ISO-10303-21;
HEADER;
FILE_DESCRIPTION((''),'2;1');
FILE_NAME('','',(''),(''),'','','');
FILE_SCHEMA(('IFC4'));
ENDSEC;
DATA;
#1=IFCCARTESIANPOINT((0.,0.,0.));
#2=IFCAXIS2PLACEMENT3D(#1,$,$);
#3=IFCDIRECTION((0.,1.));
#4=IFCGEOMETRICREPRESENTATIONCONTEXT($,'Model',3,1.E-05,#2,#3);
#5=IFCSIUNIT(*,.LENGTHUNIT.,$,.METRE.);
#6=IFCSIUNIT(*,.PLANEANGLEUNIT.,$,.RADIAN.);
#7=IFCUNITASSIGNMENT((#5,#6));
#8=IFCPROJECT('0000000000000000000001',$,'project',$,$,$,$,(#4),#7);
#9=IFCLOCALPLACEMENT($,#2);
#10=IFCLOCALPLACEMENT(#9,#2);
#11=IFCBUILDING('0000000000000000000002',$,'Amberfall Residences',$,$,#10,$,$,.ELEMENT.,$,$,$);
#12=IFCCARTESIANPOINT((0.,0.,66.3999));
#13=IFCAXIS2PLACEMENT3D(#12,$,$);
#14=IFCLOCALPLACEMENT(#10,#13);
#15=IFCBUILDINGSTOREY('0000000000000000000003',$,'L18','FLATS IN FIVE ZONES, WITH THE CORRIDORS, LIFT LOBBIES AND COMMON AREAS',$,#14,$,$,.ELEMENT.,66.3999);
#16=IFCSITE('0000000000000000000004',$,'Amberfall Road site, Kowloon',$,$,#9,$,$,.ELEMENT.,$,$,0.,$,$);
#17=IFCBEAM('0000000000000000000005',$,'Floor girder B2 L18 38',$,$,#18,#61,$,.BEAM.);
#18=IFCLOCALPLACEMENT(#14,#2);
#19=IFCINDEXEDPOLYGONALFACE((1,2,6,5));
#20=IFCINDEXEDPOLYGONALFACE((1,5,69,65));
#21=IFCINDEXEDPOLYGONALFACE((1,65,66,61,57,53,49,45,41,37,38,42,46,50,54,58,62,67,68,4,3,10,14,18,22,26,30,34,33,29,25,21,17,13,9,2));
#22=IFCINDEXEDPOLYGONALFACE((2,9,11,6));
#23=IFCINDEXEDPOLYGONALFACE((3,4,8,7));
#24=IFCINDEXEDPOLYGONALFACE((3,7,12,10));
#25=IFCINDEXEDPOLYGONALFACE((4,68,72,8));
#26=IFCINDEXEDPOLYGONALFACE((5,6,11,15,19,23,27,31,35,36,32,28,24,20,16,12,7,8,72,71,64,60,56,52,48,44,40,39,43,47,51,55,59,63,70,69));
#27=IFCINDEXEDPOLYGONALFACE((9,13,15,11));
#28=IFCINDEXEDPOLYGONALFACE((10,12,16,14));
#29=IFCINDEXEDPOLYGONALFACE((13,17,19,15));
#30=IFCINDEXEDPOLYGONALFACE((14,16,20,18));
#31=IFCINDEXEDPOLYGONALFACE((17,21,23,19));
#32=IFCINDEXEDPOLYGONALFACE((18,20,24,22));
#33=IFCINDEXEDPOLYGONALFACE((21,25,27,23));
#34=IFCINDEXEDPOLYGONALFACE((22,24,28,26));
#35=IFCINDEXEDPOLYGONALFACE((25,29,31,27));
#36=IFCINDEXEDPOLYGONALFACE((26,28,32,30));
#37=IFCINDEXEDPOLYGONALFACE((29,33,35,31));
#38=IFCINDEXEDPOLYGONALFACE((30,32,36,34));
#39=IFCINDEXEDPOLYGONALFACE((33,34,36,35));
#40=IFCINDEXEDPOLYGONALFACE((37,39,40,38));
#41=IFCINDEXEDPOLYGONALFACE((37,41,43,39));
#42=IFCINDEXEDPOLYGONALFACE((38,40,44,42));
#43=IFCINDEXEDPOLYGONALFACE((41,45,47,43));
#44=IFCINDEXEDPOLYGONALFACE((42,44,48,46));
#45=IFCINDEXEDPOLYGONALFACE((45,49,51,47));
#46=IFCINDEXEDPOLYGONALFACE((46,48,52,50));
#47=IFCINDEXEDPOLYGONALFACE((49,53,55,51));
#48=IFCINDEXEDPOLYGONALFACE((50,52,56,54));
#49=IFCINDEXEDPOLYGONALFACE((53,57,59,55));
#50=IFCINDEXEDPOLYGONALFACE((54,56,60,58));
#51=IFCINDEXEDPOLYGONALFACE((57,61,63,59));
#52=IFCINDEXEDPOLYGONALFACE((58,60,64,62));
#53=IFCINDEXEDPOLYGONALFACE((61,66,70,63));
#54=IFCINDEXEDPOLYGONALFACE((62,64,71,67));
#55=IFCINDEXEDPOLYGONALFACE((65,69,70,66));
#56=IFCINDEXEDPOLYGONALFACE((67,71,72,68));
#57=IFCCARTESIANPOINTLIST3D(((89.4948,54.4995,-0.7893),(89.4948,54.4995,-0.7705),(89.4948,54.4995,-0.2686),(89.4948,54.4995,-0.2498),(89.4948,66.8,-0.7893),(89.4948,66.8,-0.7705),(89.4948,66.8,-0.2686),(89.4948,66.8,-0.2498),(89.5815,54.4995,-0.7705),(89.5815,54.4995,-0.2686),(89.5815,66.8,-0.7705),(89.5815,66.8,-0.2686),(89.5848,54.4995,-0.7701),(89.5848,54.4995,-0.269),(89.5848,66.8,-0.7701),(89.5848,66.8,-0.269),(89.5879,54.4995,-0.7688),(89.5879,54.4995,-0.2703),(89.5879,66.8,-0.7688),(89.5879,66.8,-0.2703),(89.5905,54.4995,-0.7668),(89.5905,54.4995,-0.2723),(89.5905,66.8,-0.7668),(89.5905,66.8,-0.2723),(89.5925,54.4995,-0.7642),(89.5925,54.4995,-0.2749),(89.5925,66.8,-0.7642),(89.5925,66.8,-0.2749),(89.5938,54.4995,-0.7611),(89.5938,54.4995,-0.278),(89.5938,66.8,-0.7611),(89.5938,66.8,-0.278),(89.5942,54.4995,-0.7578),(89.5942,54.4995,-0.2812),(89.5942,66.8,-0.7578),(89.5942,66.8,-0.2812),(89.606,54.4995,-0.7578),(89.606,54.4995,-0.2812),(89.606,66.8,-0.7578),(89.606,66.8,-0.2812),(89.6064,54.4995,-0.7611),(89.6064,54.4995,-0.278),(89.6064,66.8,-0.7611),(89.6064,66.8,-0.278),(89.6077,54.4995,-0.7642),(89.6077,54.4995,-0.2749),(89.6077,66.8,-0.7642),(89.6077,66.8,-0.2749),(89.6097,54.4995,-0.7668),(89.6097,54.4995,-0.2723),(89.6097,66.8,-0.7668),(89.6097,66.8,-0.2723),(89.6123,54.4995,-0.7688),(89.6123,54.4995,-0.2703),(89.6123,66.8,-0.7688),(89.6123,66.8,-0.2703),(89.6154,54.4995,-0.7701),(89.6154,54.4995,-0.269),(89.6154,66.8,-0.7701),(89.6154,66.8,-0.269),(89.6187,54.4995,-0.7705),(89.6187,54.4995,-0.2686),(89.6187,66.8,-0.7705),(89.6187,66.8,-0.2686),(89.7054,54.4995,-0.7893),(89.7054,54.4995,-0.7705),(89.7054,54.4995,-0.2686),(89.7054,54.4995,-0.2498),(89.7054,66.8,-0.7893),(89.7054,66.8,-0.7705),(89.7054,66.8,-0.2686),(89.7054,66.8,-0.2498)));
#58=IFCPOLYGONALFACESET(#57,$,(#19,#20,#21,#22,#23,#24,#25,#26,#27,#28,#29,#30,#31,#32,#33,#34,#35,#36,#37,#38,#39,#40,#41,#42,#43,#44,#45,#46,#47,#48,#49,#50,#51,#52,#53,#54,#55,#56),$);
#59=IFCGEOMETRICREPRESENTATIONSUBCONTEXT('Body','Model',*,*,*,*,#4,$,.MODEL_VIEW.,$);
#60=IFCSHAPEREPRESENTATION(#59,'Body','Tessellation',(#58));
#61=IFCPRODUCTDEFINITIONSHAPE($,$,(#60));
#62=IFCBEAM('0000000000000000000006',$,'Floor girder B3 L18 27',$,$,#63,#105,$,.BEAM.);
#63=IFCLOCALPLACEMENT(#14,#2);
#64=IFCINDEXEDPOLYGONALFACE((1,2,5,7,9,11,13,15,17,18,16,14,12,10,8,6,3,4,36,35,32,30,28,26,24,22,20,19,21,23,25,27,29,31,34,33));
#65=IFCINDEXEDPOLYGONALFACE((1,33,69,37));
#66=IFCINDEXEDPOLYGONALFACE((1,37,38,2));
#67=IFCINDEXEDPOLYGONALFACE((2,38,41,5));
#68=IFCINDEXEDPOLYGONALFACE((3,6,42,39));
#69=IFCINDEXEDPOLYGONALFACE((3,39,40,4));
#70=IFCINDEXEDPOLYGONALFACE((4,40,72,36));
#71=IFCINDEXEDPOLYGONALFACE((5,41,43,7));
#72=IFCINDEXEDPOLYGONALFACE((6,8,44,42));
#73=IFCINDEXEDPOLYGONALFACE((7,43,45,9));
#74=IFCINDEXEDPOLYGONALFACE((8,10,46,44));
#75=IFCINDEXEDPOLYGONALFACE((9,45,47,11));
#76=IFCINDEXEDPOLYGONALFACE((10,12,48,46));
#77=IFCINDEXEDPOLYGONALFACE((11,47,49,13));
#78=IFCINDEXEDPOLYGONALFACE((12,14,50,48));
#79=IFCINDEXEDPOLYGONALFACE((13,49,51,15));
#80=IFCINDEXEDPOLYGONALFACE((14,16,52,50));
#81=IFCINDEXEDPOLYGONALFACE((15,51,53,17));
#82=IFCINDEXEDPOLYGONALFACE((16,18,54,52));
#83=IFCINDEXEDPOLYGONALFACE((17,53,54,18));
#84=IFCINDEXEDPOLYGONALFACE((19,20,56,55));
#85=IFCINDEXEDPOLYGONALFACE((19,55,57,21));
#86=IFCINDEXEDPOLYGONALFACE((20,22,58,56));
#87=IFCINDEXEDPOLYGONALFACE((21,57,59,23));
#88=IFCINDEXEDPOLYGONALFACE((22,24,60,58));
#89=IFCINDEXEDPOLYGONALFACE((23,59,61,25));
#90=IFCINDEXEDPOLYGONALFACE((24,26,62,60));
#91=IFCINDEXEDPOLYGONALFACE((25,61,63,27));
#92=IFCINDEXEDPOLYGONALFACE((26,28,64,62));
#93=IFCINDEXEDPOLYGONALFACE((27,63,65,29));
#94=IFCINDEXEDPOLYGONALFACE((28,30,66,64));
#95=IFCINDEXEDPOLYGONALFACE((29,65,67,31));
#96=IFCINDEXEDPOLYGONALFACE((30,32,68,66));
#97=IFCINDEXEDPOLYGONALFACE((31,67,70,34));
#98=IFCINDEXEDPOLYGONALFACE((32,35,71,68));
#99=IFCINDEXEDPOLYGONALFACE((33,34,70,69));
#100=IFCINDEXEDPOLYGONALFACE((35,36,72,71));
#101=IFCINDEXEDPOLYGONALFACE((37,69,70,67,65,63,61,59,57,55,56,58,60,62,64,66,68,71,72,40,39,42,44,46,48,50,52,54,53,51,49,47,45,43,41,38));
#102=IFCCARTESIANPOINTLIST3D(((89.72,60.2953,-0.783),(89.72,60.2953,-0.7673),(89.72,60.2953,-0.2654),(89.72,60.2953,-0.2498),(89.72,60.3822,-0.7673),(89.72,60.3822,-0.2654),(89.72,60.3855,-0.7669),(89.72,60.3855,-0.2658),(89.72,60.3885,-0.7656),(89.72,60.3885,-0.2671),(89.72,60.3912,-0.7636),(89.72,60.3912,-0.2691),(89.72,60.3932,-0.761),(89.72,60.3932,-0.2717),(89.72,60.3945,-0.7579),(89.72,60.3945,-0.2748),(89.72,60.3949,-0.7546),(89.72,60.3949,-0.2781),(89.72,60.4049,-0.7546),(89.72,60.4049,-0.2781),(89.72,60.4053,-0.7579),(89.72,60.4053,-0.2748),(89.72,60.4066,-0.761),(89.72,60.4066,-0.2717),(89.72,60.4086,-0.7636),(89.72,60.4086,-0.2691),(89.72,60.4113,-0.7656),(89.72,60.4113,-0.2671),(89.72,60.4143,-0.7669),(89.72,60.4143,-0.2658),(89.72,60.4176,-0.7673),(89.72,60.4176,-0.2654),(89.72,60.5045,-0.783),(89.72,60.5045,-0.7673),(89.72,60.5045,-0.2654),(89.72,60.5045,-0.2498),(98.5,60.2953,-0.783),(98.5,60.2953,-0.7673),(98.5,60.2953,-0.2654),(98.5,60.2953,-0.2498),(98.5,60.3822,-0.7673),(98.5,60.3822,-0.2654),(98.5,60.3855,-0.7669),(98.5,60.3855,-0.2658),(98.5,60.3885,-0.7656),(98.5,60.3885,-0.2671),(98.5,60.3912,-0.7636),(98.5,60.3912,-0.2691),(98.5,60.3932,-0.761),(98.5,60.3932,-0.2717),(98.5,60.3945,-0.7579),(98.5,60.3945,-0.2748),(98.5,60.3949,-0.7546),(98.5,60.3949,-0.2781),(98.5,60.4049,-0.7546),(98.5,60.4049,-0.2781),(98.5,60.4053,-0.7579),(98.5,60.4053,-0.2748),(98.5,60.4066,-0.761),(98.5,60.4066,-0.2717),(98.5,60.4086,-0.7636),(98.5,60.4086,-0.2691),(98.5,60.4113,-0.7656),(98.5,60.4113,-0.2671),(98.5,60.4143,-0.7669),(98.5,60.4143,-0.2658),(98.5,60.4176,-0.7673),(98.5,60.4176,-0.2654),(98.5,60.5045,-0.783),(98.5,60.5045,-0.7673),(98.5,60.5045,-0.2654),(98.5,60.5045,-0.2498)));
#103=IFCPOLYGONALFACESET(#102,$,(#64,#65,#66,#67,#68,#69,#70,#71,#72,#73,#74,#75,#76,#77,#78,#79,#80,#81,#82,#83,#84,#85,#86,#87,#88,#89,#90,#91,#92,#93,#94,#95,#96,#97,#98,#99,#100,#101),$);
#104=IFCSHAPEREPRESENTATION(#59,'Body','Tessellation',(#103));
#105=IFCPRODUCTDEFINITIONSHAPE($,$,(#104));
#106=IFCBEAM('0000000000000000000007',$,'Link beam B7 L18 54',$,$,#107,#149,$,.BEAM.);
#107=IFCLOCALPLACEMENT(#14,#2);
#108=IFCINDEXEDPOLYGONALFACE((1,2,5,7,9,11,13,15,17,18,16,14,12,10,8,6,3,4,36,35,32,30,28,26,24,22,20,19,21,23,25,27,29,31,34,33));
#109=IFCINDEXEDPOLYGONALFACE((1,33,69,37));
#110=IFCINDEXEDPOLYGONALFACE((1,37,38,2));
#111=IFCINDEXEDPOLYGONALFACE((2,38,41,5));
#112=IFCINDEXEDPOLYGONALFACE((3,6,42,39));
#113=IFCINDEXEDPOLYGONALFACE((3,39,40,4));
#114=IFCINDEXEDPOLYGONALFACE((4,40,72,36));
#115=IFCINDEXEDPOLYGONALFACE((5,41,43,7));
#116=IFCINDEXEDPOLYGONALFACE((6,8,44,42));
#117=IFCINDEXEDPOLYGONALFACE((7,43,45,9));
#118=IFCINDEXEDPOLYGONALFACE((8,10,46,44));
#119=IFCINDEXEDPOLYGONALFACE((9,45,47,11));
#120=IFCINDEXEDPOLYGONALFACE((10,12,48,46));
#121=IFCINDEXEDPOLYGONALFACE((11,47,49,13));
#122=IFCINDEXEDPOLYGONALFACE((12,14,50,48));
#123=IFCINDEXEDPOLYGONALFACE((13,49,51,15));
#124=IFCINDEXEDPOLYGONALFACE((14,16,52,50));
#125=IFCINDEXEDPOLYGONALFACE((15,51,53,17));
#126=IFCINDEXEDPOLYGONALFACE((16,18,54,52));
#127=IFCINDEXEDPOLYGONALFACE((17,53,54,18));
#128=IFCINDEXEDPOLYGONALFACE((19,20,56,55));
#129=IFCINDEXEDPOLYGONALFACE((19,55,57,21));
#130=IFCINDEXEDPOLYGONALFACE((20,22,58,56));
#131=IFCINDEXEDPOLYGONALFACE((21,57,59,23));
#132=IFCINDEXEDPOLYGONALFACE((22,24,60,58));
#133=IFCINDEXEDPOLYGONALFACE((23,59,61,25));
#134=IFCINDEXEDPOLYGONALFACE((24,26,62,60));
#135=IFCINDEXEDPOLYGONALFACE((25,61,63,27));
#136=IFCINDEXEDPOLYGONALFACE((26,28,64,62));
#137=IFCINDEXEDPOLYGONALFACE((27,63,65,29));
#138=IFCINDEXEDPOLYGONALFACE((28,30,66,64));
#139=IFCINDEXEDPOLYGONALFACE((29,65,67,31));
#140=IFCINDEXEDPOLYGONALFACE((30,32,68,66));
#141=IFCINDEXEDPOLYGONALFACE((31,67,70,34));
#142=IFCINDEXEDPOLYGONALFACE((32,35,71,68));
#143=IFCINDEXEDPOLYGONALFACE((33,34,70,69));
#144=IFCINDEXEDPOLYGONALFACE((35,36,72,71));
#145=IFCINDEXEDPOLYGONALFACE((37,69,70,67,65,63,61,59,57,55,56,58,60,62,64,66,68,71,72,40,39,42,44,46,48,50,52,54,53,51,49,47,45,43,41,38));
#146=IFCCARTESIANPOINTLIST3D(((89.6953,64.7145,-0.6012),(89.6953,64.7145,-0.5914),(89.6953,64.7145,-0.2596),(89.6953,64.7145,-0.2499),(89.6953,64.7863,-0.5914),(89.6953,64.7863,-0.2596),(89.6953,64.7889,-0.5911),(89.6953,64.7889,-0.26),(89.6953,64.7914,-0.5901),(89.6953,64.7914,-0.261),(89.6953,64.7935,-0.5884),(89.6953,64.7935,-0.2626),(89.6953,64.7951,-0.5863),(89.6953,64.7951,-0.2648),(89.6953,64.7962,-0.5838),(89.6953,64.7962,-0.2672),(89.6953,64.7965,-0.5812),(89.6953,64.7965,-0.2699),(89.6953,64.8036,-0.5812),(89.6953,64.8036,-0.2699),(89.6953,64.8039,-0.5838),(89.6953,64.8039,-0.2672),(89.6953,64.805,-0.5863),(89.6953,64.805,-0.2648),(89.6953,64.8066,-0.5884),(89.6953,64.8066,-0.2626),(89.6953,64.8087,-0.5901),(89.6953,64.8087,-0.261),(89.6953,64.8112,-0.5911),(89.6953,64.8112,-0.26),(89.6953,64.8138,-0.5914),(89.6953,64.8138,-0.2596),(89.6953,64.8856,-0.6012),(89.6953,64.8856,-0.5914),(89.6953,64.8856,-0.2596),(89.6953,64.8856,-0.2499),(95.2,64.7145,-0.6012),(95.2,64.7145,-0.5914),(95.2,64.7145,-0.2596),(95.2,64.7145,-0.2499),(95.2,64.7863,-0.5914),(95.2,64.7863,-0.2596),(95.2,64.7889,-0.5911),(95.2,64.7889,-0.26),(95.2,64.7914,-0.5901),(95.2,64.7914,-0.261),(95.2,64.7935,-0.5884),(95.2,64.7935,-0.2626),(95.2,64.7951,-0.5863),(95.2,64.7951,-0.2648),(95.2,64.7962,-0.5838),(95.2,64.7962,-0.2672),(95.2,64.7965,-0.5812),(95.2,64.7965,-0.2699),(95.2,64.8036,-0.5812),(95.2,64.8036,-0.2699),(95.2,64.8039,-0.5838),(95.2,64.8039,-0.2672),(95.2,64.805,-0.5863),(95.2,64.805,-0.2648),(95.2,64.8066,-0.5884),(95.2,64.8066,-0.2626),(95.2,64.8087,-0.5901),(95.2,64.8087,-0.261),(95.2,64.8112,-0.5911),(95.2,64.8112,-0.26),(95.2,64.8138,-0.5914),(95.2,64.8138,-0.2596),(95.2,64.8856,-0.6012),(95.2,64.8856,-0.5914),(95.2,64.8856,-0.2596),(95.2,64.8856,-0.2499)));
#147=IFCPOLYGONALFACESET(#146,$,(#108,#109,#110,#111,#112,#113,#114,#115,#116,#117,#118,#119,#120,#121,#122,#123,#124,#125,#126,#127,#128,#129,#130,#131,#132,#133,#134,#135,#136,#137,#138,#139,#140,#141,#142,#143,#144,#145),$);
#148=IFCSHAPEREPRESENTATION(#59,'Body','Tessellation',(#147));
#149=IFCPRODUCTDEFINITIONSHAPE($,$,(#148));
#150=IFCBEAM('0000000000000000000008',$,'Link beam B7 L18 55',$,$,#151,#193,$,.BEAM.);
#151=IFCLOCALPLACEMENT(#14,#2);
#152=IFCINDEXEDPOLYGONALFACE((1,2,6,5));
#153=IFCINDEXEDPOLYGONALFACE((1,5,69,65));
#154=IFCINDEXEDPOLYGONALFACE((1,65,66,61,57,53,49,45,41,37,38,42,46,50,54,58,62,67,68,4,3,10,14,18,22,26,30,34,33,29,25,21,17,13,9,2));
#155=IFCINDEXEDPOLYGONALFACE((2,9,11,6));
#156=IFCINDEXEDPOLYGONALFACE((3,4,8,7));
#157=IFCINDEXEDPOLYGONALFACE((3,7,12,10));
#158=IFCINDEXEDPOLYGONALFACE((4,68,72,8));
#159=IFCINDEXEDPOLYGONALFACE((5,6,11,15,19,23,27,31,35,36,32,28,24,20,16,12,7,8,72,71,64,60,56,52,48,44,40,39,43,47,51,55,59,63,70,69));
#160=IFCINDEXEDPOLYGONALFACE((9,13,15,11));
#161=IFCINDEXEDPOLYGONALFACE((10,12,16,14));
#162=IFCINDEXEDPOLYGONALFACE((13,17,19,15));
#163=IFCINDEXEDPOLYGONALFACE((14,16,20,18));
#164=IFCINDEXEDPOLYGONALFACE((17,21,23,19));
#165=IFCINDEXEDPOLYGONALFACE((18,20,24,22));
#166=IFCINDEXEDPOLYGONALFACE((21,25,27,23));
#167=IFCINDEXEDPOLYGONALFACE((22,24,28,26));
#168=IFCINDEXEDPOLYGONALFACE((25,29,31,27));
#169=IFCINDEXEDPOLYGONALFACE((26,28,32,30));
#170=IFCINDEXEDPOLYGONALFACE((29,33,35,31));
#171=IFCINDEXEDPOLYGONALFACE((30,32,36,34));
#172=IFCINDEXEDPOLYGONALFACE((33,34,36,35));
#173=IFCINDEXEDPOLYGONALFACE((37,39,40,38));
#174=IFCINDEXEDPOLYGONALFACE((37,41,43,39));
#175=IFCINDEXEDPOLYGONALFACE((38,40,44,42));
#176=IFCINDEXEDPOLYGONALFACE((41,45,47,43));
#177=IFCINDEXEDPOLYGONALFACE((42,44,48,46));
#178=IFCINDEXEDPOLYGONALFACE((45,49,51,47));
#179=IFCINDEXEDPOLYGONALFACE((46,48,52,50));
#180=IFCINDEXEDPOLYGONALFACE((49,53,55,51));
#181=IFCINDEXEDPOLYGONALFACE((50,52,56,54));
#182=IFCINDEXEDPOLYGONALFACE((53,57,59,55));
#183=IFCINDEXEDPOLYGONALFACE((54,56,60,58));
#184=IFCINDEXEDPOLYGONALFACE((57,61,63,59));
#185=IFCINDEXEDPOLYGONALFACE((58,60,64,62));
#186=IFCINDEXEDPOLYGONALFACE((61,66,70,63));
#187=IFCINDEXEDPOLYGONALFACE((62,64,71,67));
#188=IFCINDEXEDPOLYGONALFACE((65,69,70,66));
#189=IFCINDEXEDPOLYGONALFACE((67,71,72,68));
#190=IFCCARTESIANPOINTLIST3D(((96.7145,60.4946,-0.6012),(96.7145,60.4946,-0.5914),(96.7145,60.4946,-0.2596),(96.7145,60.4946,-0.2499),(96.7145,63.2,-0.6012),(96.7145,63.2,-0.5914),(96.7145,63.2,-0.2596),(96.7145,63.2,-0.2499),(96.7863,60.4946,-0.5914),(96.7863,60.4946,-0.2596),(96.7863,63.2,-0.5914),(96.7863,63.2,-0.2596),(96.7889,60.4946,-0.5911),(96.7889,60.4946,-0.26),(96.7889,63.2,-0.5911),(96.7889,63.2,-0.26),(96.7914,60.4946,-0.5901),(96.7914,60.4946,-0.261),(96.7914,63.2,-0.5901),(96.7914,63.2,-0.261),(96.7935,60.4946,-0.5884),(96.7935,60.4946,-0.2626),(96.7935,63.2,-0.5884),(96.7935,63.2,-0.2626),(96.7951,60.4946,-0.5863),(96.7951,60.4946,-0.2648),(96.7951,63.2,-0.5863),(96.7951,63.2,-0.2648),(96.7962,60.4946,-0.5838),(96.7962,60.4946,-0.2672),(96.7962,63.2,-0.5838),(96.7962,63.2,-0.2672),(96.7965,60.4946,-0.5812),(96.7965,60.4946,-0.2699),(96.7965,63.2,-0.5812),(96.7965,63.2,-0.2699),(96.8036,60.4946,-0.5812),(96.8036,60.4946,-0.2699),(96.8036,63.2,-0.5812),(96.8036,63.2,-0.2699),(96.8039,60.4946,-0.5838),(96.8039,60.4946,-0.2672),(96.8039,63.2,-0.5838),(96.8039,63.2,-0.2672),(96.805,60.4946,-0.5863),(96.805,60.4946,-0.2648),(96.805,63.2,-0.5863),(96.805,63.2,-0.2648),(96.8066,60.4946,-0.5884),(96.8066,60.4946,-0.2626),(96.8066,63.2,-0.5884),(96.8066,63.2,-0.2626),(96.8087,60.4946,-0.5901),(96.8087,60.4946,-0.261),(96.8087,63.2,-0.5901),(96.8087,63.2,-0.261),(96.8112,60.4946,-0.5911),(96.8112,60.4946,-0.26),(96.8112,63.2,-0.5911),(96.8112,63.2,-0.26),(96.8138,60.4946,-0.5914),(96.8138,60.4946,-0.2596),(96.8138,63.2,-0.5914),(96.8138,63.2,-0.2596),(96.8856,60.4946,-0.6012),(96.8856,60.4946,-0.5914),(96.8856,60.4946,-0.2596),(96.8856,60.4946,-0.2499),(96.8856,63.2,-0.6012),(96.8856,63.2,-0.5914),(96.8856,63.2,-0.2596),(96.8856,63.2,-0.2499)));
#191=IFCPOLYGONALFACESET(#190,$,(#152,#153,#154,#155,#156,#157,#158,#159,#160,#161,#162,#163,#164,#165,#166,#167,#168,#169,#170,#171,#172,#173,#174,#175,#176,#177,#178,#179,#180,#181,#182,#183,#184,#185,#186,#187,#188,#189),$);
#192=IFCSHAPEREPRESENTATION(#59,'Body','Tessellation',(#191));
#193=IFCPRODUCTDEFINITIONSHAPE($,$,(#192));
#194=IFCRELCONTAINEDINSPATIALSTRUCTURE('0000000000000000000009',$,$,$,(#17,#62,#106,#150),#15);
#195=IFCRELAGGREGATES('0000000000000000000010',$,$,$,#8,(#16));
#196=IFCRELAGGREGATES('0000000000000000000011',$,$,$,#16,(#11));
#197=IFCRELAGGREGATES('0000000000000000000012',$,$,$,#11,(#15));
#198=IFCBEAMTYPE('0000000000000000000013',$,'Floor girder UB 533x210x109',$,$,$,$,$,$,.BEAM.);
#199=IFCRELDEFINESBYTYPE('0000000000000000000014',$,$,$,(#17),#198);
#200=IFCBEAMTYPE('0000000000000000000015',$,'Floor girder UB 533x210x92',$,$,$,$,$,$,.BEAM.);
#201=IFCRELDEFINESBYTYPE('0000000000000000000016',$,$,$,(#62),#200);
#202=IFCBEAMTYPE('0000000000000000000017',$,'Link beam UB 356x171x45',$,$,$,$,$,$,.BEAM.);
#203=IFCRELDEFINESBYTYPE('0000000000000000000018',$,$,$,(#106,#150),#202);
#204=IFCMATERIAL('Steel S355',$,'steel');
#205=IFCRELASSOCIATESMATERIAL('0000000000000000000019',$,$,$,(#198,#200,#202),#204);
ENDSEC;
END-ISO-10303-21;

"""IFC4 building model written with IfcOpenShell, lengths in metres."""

from ifc_helpers import new_model, si_unit, direction, frame, origin, origin_2d, place, context, subcontext, project, spatial, i_section, extrude, material, material_profile, profile_set, type_object, element, save


model = new_model("IFC4")

# Units and contexts
model_context = context("Model", 3, precision=1e-05, world=origin(), true_north=direction((0.0, 1.0)))
body_context = subcontext(model_context, "Body", "Model", "MODEL_VIEW")
ifc_project = project(units=[si_unit("LENGTHUNIT", "METRE"), si_unit("PLANEANGLEUNIT", "RADIAN")], contexts=[model_context])

# Site, building, storey
site_placement = place(None, origin())
site = spatial("IfcSite", under=ifc_project, at=site_placement, Name="Amberfall Road site, Kowloon", CompositionType="ELEMENT", RefElevation=0.0)
building_placement = place(site_placement, origin())
building = spatial("IfcBuilding", under=site, at=building_placement, Name="Amberfall Residences", CompositionType="ELEMENT")
storey_placement = place(building_placement, frame((0.0, 0.0, 66.3999)))
storey = spatial("IfcBuildingStorey", under=building, at=storey_placement, Name="L18", Description="FLATS IN FIVE ZONES, WITH THE CORRIDORS, LIFT LOBBIES AND COMMON AREAS", CompositionType="ELEMENT", Elevation=66.3999)

# Beams
ifc_material_1 = material(Name="Steel S355", Category="steel")
ifc_material_profile_1 = material_profile(ifc_material_1, i_section(OverallWidth=0.2107, OverallDepth=0.5396, WebThickness=0.0117, FlangeThickness=0.0188, FilletRadius=0.0127, at=origin_2d()), Name="UB 533x210x109")
ifc_profile_set_1 = profile_set([ifc_material_profile_1], Name="Steel S355")
beam_type_1 = type_object("IfcBeamType", Name="Floor girder UB 533x210x109", PredefinedType="BEAM", material=ifc_profile_set_1)
beam_1_placement = place(storey_placement, frame((89.6001, 66.8, -0.5195), z_axis=(0.0, -1.0, 0.0), x_axis=(1.0, 0.0, 0.0)))
element("IfcBeam", 1, at=beam_1_placement, inside=storey, type_object=beam_type_1, Name="Floor girder B2 L18 38", PredefinedType="BEAM", context=body_context, shape_type="SweptSolid", body=[
    extrude(i_section(OverallWidth=0.2107, OverallDepth=0.5396, WebThickness=0.0117, FlangeThickness=0.0188, FilletRadius=0.0127, at=origin_2d()), origin(), (0.0, 0.0, 1.0), 12.3005),
])
ifc_material_profile_2 = material_profile(ifc_material_1, i_section(OverallWidth=0.2092, OverallDepth=0.5332, WebThickness=0.01, FlangeThickness=0.0156, FilletRadius=0.0127, at=origin_2d()), Name="UB 533x210x92")
ifc_profile_set_2 = profile_set([ifc_material_profile_2], Name="Steel S355")
beam_type_2 = type_object("IfcBeamType", Name="Floor girder UB 533x210x92", PredefinedType="BEAM", material=ifc_profile_set_2)
beam_2_placement = place(storey_placement, frame((98.5, 60.3999, -0.5164), z_axis=(-1.0, 0.0, 0.0), x_axis=(0.0, -1.0, 0.0)))
element("IfcBeam", 2, at=beam_2_placement, inside=storey, type_object=beam_type_2, Name="Floor girder B3 L18 27", PredefinedType="BEAM", context=body_context, shape_type="SweptSolid", body=[
    extrude(i_section(OverallWidth=0.2092, OverallDepth=0.5332, WebThickness=0.01, FlangeThickness=0.0156, FilletRadius=0.0127, at=origin_2d()), origin(), (0.0, 0.0, 1.0), 8.78),
])
ifc_material_profile_3 = material_profile(ifc_material_1, i_section(OverallWidth=0.1711, OverallDepth=0.3513, WebThickness=0.0071, FlangeThickness=0.0098, FilletRadius=0.0103, at=origin_2d()), Name="UB 356x171x45")
ifc_profile_set_3 = profile_set([ifc_material_profile_3], Name="Steel S355")
beam_type_3 = type_object("IfcBeamType", Name="Link beam UB 356x171x45", PredefinedType="BEAM", material=ifc_profile_set_3)
beam_3_placement = place(storey_placement, frame((95.2, 64.8, -0.4255), z_axis=(-1.0, 0.0, 0.0), x_axis=(0.0, -1.0, 0.0)))
element("IfcBeam", 3, at=beam_3_placement, inside=storey, type_object=beam_type_3, Name="Link beam B7 L18 54", PredefinedType="BEAM", context=body_context, shape_type="SweptSolid", body=[
    extrude(i_section(OverallWidth=0.1711, OverallDepth=0.3513, WebThickness=0.0071, FlangeThickness=0.0098, FilletRadius=0.0103, at=origin_2d()), origin(), (0.0, 0.0, 1.0), 5.5046),
])
beam_4_placement = place(storey_placement, frame((96.8, 63.2, -0.4255), z_axis=(0.0, -1.0, 0.0), x_axis=(1.0, 0.0, 0.0)))
element("IfcBeam", 4, at=beam_4_placement, inside=storey, type_object=beam_type_3, Name="Link beam B7 L18 55", PredefinedType="BEAM", context=body_context, shape_type="SweptSolid", body=[
    extrude(i_section(OverallWidth=0.1711, OverallDepth=0.3513, WebThickness=0.0071, FlangeThickness=0.0098, FilletRadius=0.0103, at=origin_2d()), origin(), (0.0, 0.0, 1.0), 2.7053),
])

save(model, "model.ifc")
